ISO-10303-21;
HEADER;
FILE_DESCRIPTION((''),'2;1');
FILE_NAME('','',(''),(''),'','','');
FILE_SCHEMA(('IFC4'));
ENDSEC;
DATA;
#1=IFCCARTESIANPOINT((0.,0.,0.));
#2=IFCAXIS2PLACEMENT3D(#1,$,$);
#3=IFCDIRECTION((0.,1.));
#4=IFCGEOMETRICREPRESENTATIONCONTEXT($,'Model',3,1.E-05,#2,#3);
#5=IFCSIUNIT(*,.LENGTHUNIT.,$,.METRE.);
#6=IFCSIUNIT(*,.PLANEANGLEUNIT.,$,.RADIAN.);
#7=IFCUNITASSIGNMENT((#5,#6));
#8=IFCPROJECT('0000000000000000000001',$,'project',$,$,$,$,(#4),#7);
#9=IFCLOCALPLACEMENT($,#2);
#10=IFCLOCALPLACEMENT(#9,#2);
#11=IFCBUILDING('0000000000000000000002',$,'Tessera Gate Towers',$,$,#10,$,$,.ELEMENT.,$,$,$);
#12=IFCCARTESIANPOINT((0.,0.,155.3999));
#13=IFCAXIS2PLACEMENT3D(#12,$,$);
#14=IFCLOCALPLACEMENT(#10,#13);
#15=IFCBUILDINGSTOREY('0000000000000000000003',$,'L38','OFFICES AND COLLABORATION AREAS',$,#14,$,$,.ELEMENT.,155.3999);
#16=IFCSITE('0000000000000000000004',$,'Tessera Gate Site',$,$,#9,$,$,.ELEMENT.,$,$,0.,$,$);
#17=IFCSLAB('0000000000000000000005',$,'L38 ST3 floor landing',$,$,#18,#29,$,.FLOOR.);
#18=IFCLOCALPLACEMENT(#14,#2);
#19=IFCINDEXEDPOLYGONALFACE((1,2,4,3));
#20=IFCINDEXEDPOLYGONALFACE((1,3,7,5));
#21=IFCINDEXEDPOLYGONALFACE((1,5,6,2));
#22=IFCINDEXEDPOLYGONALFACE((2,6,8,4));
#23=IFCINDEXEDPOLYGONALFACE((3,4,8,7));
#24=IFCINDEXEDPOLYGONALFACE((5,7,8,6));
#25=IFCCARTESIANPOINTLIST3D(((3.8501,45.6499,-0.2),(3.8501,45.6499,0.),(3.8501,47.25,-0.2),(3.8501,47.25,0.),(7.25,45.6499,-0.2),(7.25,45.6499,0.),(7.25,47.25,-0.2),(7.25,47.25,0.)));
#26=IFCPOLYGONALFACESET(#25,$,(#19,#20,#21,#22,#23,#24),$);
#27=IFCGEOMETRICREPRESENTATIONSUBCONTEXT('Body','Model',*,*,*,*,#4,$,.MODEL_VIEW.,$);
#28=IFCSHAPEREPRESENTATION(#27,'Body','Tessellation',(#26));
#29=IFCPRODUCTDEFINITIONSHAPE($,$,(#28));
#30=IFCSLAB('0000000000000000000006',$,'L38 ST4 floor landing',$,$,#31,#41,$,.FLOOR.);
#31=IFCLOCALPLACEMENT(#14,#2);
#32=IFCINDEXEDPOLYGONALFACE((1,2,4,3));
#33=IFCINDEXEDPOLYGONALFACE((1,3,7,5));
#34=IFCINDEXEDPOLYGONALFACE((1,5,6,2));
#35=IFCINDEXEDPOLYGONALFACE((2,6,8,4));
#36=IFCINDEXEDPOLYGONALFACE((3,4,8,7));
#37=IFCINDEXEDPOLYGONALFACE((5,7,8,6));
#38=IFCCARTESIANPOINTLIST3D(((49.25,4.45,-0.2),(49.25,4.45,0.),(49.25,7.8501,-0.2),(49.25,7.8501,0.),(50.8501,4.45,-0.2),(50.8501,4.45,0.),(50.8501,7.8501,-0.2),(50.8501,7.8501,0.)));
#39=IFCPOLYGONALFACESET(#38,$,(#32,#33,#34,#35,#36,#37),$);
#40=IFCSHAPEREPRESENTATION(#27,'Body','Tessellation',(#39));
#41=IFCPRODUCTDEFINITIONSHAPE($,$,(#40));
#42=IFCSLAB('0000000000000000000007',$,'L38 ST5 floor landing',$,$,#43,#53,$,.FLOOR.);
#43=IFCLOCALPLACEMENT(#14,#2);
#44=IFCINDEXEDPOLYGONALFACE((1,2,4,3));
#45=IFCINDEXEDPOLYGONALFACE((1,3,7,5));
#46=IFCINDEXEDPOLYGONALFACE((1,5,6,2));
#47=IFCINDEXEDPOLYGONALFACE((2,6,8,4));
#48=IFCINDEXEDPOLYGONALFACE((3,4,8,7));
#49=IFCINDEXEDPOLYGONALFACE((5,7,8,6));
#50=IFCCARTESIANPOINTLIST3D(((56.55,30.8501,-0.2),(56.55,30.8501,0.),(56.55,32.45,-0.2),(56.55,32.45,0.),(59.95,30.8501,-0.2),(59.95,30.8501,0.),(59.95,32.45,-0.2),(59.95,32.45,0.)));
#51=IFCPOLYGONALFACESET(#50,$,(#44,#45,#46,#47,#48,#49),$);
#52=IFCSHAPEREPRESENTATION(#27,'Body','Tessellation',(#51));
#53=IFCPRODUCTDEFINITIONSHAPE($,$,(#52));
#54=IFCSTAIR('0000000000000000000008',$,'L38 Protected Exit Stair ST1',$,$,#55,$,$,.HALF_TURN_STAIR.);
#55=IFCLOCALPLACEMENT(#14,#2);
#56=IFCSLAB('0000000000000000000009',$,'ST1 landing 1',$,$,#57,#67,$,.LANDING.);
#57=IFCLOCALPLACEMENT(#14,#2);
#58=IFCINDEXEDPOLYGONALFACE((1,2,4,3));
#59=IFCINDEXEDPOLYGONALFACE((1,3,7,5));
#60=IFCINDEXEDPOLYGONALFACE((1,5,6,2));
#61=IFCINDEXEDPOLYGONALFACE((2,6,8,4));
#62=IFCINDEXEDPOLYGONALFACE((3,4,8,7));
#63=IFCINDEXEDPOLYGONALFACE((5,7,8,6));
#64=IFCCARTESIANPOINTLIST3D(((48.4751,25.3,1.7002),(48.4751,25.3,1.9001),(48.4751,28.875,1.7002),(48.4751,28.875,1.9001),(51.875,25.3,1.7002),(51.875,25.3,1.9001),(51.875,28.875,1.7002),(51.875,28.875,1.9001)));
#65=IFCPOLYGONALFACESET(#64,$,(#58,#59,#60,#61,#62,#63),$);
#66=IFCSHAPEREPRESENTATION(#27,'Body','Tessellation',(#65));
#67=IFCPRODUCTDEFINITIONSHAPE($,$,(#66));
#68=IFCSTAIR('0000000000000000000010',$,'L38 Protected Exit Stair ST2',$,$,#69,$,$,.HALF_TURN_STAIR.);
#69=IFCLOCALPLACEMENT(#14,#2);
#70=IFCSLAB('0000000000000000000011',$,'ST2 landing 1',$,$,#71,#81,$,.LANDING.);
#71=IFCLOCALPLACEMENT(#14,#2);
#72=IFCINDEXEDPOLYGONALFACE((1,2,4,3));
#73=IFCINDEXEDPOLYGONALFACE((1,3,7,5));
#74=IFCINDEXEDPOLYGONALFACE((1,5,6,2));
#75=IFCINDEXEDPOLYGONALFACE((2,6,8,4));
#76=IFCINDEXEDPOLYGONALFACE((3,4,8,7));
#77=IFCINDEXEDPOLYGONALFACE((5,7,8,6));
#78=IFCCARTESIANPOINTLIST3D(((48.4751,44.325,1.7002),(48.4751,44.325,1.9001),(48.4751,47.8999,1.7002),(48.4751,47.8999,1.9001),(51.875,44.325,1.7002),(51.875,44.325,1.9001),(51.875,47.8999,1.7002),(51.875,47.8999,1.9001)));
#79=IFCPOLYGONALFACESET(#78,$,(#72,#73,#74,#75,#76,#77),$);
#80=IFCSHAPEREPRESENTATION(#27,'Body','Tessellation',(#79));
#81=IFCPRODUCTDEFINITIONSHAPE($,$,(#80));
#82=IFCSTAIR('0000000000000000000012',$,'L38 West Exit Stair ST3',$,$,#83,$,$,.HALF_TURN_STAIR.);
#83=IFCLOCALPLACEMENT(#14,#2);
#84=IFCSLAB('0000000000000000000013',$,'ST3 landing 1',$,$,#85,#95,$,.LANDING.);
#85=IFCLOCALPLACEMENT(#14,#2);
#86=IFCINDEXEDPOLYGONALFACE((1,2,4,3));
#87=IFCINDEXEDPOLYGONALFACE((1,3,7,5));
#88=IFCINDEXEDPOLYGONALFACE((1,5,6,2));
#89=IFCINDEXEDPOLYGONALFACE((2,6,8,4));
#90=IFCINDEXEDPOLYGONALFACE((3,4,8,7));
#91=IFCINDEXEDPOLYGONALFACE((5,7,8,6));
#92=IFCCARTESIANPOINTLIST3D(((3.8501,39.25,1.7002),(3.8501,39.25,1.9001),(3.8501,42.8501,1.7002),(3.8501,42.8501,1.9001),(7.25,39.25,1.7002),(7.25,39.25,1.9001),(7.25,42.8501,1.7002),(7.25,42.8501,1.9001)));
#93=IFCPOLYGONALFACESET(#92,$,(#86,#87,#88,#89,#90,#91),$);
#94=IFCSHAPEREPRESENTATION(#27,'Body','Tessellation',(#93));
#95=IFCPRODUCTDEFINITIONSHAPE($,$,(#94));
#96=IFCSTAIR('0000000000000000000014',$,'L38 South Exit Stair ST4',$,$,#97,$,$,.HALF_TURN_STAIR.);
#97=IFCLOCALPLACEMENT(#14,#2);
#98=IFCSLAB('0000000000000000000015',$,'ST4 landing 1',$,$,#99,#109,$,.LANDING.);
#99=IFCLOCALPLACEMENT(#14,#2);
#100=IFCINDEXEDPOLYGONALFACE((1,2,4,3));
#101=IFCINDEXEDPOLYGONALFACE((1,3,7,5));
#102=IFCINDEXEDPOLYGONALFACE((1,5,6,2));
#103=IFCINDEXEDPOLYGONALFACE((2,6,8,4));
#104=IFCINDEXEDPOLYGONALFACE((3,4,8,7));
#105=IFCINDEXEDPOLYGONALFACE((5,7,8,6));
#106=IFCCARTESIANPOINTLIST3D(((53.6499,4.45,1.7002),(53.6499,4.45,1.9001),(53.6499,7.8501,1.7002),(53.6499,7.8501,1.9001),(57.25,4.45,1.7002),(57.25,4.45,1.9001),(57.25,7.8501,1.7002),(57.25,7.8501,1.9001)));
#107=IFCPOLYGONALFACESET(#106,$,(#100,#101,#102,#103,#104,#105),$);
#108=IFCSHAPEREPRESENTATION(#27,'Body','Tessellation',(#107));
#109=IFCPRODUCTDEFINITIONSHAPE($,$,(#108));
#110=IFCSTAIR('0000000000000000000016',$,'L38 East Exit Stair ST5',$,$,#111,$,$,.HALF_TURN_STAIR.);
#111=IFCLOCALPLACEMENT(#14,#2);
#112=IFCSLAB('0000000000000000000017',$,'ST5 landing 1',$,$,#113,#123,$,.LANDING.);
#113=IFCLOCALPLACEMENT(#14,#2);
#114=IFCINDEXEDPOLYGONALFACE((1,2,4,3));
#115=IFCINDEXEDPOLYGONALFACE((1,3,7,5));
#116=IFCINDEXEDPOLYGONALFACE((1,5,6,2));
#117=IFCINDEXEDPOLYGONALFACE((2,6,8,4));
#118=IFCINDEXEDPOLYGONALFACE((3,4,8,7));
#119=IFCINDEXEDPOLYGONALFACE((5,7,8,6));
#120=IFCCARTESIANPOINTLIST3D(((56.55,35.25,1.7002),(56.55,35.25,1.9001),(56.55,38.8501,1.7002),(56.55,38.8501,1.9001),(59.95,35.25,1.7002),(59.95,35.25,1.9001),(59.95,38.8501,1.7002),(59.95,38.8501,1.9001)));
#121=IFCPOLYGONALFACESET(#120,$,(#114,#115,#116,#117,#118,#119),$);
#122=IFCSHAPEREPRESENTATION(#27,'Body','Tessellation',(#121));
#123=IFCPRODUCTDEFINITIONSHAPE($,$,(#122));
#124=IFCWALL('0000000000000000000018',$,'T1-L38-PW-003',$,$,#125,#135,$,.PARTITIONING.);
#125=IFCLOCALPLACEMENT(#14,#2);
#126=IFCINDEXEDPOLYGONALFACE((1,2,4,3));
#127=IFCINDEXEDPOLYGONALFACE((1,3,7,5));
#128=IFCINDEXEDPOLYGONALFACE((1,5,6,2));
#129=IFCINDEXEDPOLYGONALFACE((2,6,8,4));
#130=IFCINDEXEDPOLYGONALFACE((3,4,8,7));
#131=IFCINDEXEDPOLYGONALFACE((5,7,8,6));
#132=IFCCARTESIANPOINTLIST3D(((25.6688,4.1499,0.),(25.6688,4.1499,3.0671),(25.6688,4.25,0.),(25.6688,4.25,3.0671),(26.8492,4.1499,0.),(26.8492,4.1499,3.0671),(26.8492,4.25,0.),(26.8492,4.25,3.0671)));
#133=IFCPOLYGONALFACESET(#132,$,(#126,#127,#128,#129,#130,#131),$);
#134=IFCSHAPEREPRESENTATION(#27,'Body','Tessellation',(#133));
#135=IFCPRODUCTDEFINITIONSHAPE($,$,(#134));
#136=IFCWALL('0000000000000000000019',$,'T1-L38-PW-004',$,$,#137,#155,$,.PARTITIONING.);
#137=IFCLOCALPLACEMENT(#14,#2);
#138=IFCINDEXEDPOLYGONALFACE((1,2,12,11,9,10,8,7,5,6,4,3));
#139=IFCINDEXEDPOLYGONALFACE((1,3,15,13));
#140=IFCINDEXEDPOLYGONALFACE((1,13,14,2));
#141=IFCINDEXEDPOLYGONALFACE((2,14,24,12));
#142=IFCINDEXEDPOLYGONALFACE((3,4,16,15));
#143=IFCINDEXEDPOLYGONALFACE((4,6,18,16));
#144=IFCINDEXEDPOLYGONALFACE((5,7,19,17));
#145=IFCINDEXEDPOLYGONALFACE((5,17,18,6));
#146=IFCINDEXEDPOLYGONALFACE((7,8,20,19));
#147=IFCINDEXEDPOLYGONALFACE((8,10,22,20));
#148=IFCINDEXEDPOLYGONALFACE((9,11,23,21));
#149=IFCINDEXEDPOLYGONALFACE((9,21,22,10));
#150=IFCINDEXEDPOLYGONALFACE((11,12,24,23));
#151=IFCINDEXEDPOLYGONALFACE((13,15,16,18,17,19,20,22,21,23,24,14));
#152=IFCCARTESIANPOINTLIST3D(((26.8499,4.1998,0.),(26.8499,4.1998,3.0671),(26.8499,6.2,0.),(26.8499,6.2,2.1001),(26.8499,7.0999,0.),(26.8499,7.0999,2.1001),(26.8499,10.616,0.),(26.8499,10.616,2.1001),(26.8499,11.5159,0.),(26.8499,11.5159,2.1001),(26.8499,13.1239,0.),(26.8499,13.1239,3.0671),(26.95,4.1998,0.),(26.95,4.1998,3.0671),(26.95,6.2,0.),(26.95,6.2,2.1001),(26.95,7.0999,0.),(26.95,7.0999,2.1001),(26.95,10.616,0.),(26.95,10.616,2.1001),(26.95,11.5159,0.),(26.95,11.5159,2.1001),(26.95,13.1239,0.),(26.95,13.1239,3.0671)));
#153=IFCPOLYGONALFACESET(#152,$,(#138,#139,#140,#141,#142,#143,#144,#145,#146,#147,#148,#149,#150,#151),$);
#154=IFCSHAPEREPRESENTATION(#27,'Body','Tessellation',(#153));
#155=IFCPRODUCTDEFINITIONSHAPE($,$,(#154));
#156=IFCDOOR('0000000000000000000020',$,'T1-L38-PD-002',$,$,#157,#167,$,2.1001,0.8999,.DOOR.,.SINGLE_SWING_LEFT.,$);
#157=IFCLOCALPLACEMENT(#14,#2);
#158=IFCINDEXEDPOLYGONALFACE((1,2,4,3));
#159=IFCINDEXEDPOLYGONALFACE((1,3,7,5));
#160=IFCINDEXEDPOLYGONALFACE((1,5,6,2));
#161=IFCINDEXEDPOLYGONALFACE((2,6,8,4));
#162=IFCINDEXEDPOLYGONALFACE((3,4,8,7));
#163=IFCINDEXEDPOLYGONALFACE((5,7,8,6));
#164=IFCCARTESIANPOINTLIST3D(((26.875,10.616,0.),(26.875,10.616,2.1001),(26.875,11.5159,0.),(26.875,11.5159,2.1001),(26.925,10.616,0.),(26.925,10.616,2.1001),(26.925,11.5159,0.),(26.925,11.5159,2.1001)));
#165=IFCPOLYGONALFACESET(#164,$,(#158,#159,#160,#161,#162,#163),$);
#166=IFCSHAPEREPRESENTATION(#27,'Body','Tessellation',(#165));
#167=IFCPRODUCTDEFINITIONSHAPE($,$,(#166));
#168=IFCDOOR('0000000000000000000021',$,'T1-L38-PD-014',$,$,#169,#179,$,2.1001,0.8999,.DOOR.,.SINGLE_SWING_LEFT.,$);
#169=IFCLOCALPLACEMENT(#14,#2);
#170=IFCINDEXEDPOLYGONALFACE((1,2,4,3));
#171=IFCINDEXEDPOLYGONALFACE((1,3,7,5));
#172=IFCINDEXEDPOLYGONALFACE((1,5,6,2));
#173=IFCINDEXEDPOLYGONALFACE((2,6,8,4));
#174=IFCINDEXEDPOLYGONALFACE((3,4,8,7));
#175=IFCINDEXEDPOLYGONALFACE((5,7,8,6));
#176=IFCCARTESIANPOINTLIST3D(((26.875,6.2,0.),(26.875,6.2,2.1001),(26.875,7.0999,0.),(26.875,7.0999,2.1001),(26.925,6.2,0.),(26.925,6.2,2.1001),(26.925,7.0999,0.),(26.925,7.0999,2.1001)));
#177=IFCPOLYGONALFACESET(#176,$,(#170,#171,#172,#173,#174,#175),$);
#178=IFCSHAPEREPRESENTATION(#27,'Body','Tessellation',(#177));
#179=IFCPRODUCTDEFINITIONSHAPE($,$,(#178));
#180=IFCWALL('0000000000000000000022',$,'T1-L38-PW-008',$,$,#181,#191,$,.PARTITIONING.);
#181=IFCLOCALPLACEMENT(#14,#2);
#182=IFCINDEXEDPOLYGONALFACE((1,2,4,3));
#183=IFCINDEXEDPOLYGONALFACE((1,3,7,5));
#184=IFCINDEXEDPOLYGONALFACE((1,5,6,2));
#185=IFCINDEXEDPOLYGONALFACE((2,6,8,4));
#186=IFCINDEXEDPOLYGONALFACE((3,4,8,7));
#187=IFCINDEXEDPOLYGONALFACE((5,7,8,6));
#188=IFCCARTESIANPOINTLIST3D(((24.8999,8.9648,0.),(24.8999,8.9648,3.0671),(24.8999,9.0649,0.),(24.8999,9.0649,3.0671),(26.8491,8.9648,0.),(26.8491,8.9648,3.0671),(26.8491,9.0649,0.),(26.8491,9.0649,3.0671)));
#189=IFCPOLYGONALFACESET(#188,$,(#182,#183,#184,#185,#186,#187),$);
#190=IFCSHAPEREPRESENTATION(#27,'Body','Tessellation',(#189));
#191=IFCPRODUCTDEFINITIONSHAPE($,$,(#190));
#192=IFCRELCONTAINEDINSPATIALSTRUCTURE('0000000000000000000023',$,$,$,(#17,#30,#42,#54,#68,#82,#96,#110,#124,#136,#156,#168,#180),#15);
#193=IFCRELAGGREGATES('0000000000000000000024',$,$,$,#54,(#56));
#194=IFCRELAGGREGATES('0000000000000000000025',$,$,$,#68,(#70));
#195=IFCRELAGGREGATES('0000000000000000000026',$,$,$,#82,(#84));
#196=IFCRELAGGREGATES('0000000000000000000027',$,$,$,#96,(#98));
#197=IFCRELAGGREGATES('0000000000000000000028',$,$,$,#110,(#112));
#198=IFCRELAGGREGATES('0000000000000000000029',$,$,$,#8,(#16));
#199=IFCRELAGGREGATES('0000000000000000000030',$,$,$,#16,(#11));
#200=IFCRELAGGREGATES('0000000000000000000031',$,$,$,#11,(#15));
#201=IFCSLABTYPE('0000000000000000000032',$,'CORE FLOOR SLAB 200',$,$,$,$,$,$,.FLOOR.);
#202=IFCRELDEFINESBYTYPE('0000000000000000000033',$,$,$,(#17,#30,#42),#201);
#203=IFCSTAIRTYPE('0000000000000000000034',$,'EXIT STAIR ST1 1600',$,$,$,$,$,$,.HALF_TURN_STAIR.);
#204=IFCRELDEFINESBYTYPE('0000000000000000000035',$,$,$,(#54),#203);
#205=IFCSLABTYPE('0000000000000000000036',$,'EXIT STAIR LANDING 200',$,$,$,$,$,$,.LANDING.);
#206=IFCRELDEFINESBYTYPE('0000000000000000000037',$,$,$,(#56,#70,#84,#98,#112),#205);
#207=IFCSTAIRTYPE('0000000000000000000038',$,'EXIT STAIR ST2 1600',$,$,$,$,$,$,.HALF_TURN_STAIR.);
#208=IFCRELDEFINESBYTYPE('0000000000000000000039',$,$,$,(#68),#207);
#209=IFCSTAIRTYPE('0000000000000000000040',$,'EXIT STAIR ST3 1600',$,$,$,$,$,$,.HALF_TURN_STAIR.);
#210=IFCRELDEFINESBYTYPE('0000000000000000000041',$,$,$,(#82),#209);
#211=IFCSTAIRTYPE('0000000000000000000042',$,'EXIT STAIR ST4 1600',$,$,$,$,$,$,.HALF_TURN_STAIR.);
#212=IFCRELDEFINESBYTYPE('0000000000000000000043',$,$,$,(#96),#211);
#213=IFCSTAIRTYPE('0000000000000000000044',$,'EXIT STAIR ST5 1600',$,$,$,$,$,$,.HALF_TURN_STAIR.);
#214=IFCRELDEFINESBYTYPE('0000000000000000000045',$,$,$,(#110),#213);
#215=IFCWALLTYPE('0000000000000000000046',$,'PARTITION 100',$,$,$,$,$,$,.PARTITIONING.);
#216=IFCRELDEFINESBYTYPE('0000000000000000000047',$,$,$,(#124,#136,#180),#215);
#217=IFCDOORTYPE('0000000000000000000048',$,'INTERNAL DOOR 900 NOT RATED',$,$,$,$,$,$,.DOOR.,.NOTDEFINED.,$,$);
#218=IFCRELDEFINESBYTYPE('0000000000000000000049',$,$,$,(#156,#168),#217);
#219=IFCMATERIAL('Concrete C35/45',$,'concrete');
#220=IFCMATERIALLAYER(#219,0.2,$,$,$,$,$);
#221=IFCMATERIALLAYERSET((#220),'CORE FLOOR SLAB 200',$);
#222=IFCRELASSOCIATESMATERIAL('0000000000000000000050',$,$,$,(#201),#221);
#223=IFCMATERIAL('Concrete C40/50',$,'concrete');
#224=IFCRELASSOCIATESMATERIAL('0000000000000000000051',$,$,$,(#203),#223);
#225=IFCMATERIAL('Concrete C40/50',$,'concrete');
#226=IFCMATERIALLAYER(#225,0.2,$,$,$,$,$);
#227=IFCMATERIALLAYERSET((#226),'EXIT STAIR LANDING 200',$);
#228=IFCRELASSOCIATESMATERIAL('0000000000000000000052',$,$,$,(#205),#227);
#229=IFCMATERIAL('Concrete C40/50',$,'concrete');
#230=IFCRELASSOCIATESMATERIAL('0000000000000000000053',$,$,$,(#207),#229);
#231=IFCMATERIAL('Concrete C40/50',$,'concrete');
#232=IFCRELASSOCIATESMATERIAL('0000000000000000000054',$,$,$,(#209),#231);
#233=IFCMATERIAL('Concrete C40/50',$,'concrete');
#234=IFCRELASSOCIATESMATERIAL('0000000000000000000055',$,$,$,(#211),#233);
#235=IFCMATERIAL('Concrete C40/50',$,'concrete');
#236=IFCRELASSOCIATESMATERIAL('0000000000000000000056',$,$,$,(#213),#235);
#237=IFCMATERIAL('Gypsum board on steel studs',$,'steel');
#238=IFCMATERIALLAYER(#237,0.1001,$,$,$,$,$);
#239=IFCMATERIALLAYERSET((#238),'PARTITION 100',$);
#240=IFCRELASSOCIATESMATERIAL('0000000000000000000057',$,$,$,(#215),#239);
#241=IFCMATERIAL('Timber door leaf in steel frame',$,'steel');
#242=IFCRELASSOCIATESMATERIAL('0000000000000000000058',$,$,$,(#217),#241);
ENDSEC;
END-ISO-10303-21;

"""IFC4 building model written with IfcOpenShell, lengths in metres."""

from ifc_helpers import new_model, si_unit, direction, frame, frame_2d, origin, place, context, subcontext, project, spatial, polyline, rectangle, outline, extrude, source, transform, mapped, material, layer, layer_set, type_object, element, fill, aggregate, save


model = new_model("IFC4")

# Units and contexts
model_context = context("Model", 3, precision=1e-05, world=origin(), true_north=direction((0.0, 1.0)))
body_context = subcontext(model_context, "Body", "Model", "MODEL_VIEW")
ifc_project = project(units=[si_unit("LENGTHUNIT", "METRE"), si_unit("PLANEANGLEUNIT", "RADIAN")], contexts=[model_context])

# Site, building, storey
site_placement = place(None, origin())
site = spatial("IfcSite", under=ifc_project, at=site_placement, Name="Tessera Gate Site", CompositionType="ELEMENT", RefElevation=0.0)
building_placement = place(site_placement, origin())
building = spatial("IfcBuilding", under=site, at=building_placement, Name="Tessera Gate Towers", CompositionType="ELEMENT")
storey_placement = place(building_placement, frame((0.0, 0.0, 155.3999)))
storey = spatial("IfcBuildingStorey", under=building, at=storey_placement, Name="L38", Description="OFFICES AND COLLABORATION AREAS", CompositionType="ELEMENT", Elevation=155.3999)

# Slabs
ifc_material_1 = material(Name="Concrete C35/45", Category="concrete")
ifc_layer_1 = layer(ifc_material_1, 0.2)
ifc_layer_set_1 = layer_set([ifc_layer_1], Name="CORE FLOOR SLAB 200")
slab_type_1 = type_object("IfcSlabType", Name="CORE FLOOR SLAB 200", PredefinedType="FLOOR", material=ifc_layer_set_1)
slab_1_placement = place(storey_placement, frame((0.0, 0.0, -0.2)))
element("IfcSlab", 1, at=slab_1_placement, inside=storey, type_object=slab_type_1, Name="L38 ST3 floor landing", PredefinedType="FLOOR", context=body_context, shape_type="SweptSolid", body=[
    extrude(outline(polyline([(3.8501, 47.25), (3.8501, 45.6499), (7.25, 45.6499), (7.25, 47.25), (3.8501, 47.25)])), origin(), (0.0, 0.0, 1.0), 0.2),
])
slab_2_placement = place(storey_placement, frame((0.0, 0.0, -0.2)))
element("IfcSlab", 2, at=slab_2_placement, inside=storey, type_object=slab_type_1, Name="L38 ST4 floor landing", PredefinedType="FLOOR", context=body_context, shape_type="SweptSolid", body=[
    extrude(outline(polyline([(49.25, 4.45), (50.8501, 4.45), (50.8501, 7.8501), (49.25, 7.8501), (49.25, 4.45)])), origin(), (0.0, 0.0, 1.0), 0.2),
])
slab_3_placement = place(storey_placement, frame((0.0, 0.0, -0.2)))
element("IfcSlab", 3, at=slab_3_placement, inside=storey, type_object=slab_type_1, Name="L38 ST5 floor landing", PredefinedType="FLOOR", context=body_context, shape_type="SweptSolid", body=[
    extrude(outline(polyline([(59.95, 30.8501), (59.95, 32.45), (56.55, 32.45), (56.55, 30.8501), (59.95, 30.8501)])), origin(), (0.0, 0.0, 1.0), 0.2),
])

# Stairs, slabs
ifc_material_2 = material(Name="Concrete C40/50", Category="concrete")
stair_type_1 = type_object("IfcStairType", Name="EXIT STAIR ST1 1600", PredefinedType="HALF_TURN_STAIR", material=ifc_material_2)
stair_1_placement = place(storey_placement, origin())
stair_1 = element("IfcStair", 4, at=stair_1_placement, inside=storey, type_object=stair_type_1, Name="L38 Protected Exit Stair ST1", PredefinedType="HALF_TURN_STAIR")
ifc_material_3 = material(Name="Concrete C40/50", Category="concrete")
ifc_layer_2 = layer(ifc_material_3, 0.2)
ifc_layer_set_2 = layer_set([ifc_layer_2], Name="EXIT STAIR LANDING 200")
slab_type_2 = type_object("IfcSlabType", Name="EXIT STAIR LANDING 200", PredefinedType="LANDING", material=ifc_layer_set_2)
slab_4_placement = place(storey_placement, frame((0.0, 0.0, 1.7002)))
slab_4 = element("IfcSlab", 5, at=slab_4_placement, type_object=slab_type_2, Name="ST1 landing 1", PredefinedType="LANDING", context=body_context, shape_type="SweptSolid", body=[
    extrude(outline(polyline([(48.4751, 28.875), (48.4751, 25.3), (51.875, 25.3), (51.875, 28.875), (48.4751, 28.875)])), origin(), (0.0, 0.0, 1.0), 0.2),
])
aggregate(stair_1, [slab_4])
ifc_material_4 = material(Name="Concrete C40/50", Category="concrete")
stair_type_2 = type_object("IfcStairType", Name="EXIT STAIR ST2 1600", PredefinedType="HALF_TURN_STAIR", material=ifc_material_4)
stair_2_placement = place(storey_placement, origin())
stair_2 = element("IfcStair", 6, at=stair_2_placement, inside=storey, type_object=stair_type_2, Name="L38 Protected Exit Stair ST2", PredefinedType="HALF_TURN_STAIR")
slab_5_placement = place(storey_placement, frame((0.0, 0.0, 1.7002)))
slab_5 = element("IfcSlab", 7, at=slab_5_placement, type_object=slab_type_2, Name="ST2 landing 1", PredefinedType="LANDING", context=body_context, shape_type="SweptSolid", body=[
    extrude(outline(polyline([(51.875, 44.325), (51.875, 47.8999), (48.4751, 47.8999), (48.4751, 44.325), (51.875, 44.325)])), origin(), (0.0, 0.0, 1.0), 0.2),
])
aggregate(stair_2, [slab_5])
ifc_material_5 = material(Name="Concrete C40/50", Category="concrete")
stair_type_3 = type_object("IfcStairType", Name="EXIT STAIR ST3 1600", PredefinedType="HALF_TURN_STAIR", material=ifc_material_5)
stair_3_placement = place(storey_placement, origin())
stair_3 = element("IfcStair", 8, at=stair_3_placement, inside=storey, type_object=stair_type_3, Name="L38 West Exit Stair ST3", PredefinedType="HALF_TURN_STAIR")
slab_6_placement = place(storey_placement, frame((0.0, 0.0, 1.7002)))
slab_6 = element("IfcSlab", 9, at=slab_6_placement, type_object=slab_type_2, Name="ST3 landing 1", PredefinedType="LANDING", context=body_context, shape_type="SweptSolid", body=[
    extrude(outline(polyline([(3.8501, 42.8501), (3.8501, 39.25), (7.25, 39.25), (7.25, 42.8501), (3.8501, 42.8501)])), origin(), (0.0, 0.0, 1.0), 0.2),
])
aggregate(stair_3, [slab_6])
ifc_material_6 = material(Name="Concrete C40/50", Category="concrete")
stair_type_4 = type_object("IfcStairType", Name="EXIT STAIR ST4 1600", PredefinedType="HALF_TURN_STAIR", material=ifc_material_6)
stair_4_placement = place(storey_placement, origin())
stair_4 = element("IfcStair", 10, at=stair_4_placement, inside=storey, type_object=stair_type_4, Name="L38 South Exit Stair ST4", PredefinedType="HALF_TURN_STAIR")
slab_7_placement = place(storey_placement, frame((0.0, 0.0, 1.7002)))
slab_7 = element("IfcSlab", 11, at=slab_7_placement, type_object=slab_type_2, Name="ST4 landing 1", PredefinedType="LANDING", context=body_context, shape_type="SweptSolid", body=[
    extrude(outline(polyline([(53.6499, 4.45), (57.25, 4.45), (57.25, 7.8501), (53.6499, 7.8501), (53.6499, 4.45)])), origin(), (0.0, 0.0, 1.0), 0.2),
])
aggregate(stair_4, [slab_7])
ifc_material_7 = material(Name="Concrete C40/50", Category="concrete")
stair_type_5 = type_object("IfcStairType", Name="EXIT STAIR ST5 1600", PredefinedType="HALF_TURN_STAIR", material=ifc_material_7)
stair_5_placement = place(storey_placement, origin())
stair_5 = element("IfcStair", 12, at=stair_5_placement, inside=storey, type_object=stair_type_5, Name="L38 East Exit Stair ST5", PredefinedType="HALF_TURN_STAIR")
slab_8_placement = place(storey_placement, frame((0.0, 0.0, 1.7002)))
slab_8 = element("IfcSlab", 13, at=slab_8_placement, type_object=slab_type_2, Name="ST5 landing 1", PredefinedType="LANDING", context=body_context, shape_type="SweptSolid", body=[
    extrude(outline(polyline([(59.95, 35.25), (59.95, 38.8501), (56.55, 38.8501), (56.55, 35.25), (59.95, 35.25)])), origin(), (0.0, 0.0, 1.0), 0.2),
])
aggregate(stair_5, [slab_8])

# Wall
ifc_material_8 = material(Name="Gypsum board on steel studs", Category="steel")
ifc_layer_3 = layer(ifc_material_8, 0.1001)
ifc_layer_set_3 = layer_set([ifc_layer_3], Name="PARTITION 100")
wall_type_1 = type_object("IfcWallType", Name="PARTITION 100", PredefinedType="PARTITIONING", material=ifc_layer_set_3)
wall_1_placement = place(storey_placement, frame((25.6687, 4.2, 0.0), z_axis=(0.0, 0.0, 1.0), x_axis=(1.0, 0.0, 0.0)))
element("IfcWall", 14, at=wall_1_placement, inside=storey, type_object=wall_type_1, Name="T1-L38-PW-003", PredefinedType="PARTITIONING", context=body_context, shape_type="SweptSolid", body=[
    extrude(rectangle(XDim=1.1804, YDim=0.1001, at=frame_2d((0.5903, 0.0))), origin(), (0.0, 0.0, 1.0), 3.0671),
])

# Wall, openings, doors
wall_2_placement = place(storey_placement, frame((26.8999, 4.2, 0.0), z_axis=(0.0, 0.0, 1.0), x_axis=(0.0, 1.0, 0.0)))
wall_2 = element("IfcWall", 15, at=wall_2_placement, inside=storey, type_object=wall_type_1, Name="T1-L38-PW-004", PredefinedType="PARTITIONING", context=body_context, shape_type="SweptSolid", body=[
    extrude(rectangle(XDim=8.9241, YDim=0.1001, at=frame_2d((4.4619, 0.0))), origin(), (0.0, 0.0, 1.0), 3.0671),
])
shared_shape_1 = source(origin(), body_context, "Body", "SweptSolid", [
    extrude(rectangle(XDim=0.8999, YDim=2.1001, at=frame_2d((0.45, 1.05))), frame((0.0, 0.0601, 0.0), z_axis=(0.0, -1.0, 0.0), x_axis=(1.0, 0.0, 0.0)), (0.0, 0.0, 1.0), 0.1201),
])
opening_1_placement = place(wall_2_placement, frame((6.416, 0.0, 0.0)))
opening_1 = element("IfcOpeningElement", 16, at=opening_1_placement, cuts=wall_2, PredefinedType="OPENING", context=body_context, shape_type="MappedRepresentation", body=[
    mapped(shared_shape_1, transform((0.0, 0.0, 0.0), scale=1.0)),
])
opening_2_placement = place(wall_2_placement, frame((2.0, 0.0, 0.0)))
opening_2 = element("IfcOpeningElement", 17, at=opening_2_placement, cuts=wall_2, PredefinedType="OPENING", context=body_context, shape_type="MappedRepresentation", body=[
    mapped(shared_shape_1, transform((0.0, 0.0, 0.0), scale=1.0)),
])
ifc_material_9 = material(Name="Timber door leaf in steel frame", Category="steel")
door_type = type_object("IfcDoorType", Name="INTERNAL DOOR 900 NOT RATED", OperationType="NOTDEFINED", PredefinedType="DOOR", material=ifc_material_9)
shared_shape_2 = source(origin(), body_context, "Body", "SweptSolid", [
    extrude(rectangle(XDim=0.8999, YDim=2.1001, at=frame_2d((0.45, 1.05))), frame((0.0, 0.0249, 0.0), z_axis=(0.0, -1.0, 0.0), x_axis=(1.0, 0.0, 0.0)), (0.0, 0.0, 1.0), 0.05),
])
door_1_placement = place(opening_1_placement, origin())
door_1 = element("IfcDoor", 18, at=door_1_placement, inside=storey, type_object=door_type, Name="T1-L38-PD-002", OperationType="SINGLE_SWING_LEFT", OverallHeight=2.1001, OverallWidth=0.8999, PredefinedType="DOOR", context=body_context, shape_type="MappedRepresentation", body=[
    mapped(shared_shape_2, transform((0.0, 0.0, 0.0), scale=1.0)),
])
fill(opening_1, door_1)
door_2_placement = place(opening_2_placement, origin())
door_2 = element("IfcDoor", 19, at=door_2_placement, inside=storey, type_object=door_type, Name="T1-L38-PD-014", OperationType="SINGLE_SWING_LEFT", OverallHeight=2.1001, OverallWidth=0.8999, PredefinedType="DOOR", context=body_context, shape_type="MappedRepresentation", body=[
    mapped(shared_shape_2, transform((0.0, 0.0, 0.0), scale=1.0)),
])
fill(opening_2, door_2)

# Wall
wall_3_placement = place(storey_placement, frame((24.8999, 9.0149, 0.0), z_axis=(0.0, 0.0, 1.0), x_axis=(1.0, 0.0, 0.0)))
element("IfcWall", 20, at=wall_3_placement, inside=storey, type_object=wall_type_1, Name="T1-L38-PW-008", PredefinedType="PARTITIONING", context=body_context, shape_type="SweptSolid", body=[
    extrude(rectangle(XDim=1.9492, YDim=0.1001, at=frame_2d((0.9746, 0.0))), origin(), (0.0, 0.0, 1.0), 3.0671),
])

save(model, "model.ifc")
